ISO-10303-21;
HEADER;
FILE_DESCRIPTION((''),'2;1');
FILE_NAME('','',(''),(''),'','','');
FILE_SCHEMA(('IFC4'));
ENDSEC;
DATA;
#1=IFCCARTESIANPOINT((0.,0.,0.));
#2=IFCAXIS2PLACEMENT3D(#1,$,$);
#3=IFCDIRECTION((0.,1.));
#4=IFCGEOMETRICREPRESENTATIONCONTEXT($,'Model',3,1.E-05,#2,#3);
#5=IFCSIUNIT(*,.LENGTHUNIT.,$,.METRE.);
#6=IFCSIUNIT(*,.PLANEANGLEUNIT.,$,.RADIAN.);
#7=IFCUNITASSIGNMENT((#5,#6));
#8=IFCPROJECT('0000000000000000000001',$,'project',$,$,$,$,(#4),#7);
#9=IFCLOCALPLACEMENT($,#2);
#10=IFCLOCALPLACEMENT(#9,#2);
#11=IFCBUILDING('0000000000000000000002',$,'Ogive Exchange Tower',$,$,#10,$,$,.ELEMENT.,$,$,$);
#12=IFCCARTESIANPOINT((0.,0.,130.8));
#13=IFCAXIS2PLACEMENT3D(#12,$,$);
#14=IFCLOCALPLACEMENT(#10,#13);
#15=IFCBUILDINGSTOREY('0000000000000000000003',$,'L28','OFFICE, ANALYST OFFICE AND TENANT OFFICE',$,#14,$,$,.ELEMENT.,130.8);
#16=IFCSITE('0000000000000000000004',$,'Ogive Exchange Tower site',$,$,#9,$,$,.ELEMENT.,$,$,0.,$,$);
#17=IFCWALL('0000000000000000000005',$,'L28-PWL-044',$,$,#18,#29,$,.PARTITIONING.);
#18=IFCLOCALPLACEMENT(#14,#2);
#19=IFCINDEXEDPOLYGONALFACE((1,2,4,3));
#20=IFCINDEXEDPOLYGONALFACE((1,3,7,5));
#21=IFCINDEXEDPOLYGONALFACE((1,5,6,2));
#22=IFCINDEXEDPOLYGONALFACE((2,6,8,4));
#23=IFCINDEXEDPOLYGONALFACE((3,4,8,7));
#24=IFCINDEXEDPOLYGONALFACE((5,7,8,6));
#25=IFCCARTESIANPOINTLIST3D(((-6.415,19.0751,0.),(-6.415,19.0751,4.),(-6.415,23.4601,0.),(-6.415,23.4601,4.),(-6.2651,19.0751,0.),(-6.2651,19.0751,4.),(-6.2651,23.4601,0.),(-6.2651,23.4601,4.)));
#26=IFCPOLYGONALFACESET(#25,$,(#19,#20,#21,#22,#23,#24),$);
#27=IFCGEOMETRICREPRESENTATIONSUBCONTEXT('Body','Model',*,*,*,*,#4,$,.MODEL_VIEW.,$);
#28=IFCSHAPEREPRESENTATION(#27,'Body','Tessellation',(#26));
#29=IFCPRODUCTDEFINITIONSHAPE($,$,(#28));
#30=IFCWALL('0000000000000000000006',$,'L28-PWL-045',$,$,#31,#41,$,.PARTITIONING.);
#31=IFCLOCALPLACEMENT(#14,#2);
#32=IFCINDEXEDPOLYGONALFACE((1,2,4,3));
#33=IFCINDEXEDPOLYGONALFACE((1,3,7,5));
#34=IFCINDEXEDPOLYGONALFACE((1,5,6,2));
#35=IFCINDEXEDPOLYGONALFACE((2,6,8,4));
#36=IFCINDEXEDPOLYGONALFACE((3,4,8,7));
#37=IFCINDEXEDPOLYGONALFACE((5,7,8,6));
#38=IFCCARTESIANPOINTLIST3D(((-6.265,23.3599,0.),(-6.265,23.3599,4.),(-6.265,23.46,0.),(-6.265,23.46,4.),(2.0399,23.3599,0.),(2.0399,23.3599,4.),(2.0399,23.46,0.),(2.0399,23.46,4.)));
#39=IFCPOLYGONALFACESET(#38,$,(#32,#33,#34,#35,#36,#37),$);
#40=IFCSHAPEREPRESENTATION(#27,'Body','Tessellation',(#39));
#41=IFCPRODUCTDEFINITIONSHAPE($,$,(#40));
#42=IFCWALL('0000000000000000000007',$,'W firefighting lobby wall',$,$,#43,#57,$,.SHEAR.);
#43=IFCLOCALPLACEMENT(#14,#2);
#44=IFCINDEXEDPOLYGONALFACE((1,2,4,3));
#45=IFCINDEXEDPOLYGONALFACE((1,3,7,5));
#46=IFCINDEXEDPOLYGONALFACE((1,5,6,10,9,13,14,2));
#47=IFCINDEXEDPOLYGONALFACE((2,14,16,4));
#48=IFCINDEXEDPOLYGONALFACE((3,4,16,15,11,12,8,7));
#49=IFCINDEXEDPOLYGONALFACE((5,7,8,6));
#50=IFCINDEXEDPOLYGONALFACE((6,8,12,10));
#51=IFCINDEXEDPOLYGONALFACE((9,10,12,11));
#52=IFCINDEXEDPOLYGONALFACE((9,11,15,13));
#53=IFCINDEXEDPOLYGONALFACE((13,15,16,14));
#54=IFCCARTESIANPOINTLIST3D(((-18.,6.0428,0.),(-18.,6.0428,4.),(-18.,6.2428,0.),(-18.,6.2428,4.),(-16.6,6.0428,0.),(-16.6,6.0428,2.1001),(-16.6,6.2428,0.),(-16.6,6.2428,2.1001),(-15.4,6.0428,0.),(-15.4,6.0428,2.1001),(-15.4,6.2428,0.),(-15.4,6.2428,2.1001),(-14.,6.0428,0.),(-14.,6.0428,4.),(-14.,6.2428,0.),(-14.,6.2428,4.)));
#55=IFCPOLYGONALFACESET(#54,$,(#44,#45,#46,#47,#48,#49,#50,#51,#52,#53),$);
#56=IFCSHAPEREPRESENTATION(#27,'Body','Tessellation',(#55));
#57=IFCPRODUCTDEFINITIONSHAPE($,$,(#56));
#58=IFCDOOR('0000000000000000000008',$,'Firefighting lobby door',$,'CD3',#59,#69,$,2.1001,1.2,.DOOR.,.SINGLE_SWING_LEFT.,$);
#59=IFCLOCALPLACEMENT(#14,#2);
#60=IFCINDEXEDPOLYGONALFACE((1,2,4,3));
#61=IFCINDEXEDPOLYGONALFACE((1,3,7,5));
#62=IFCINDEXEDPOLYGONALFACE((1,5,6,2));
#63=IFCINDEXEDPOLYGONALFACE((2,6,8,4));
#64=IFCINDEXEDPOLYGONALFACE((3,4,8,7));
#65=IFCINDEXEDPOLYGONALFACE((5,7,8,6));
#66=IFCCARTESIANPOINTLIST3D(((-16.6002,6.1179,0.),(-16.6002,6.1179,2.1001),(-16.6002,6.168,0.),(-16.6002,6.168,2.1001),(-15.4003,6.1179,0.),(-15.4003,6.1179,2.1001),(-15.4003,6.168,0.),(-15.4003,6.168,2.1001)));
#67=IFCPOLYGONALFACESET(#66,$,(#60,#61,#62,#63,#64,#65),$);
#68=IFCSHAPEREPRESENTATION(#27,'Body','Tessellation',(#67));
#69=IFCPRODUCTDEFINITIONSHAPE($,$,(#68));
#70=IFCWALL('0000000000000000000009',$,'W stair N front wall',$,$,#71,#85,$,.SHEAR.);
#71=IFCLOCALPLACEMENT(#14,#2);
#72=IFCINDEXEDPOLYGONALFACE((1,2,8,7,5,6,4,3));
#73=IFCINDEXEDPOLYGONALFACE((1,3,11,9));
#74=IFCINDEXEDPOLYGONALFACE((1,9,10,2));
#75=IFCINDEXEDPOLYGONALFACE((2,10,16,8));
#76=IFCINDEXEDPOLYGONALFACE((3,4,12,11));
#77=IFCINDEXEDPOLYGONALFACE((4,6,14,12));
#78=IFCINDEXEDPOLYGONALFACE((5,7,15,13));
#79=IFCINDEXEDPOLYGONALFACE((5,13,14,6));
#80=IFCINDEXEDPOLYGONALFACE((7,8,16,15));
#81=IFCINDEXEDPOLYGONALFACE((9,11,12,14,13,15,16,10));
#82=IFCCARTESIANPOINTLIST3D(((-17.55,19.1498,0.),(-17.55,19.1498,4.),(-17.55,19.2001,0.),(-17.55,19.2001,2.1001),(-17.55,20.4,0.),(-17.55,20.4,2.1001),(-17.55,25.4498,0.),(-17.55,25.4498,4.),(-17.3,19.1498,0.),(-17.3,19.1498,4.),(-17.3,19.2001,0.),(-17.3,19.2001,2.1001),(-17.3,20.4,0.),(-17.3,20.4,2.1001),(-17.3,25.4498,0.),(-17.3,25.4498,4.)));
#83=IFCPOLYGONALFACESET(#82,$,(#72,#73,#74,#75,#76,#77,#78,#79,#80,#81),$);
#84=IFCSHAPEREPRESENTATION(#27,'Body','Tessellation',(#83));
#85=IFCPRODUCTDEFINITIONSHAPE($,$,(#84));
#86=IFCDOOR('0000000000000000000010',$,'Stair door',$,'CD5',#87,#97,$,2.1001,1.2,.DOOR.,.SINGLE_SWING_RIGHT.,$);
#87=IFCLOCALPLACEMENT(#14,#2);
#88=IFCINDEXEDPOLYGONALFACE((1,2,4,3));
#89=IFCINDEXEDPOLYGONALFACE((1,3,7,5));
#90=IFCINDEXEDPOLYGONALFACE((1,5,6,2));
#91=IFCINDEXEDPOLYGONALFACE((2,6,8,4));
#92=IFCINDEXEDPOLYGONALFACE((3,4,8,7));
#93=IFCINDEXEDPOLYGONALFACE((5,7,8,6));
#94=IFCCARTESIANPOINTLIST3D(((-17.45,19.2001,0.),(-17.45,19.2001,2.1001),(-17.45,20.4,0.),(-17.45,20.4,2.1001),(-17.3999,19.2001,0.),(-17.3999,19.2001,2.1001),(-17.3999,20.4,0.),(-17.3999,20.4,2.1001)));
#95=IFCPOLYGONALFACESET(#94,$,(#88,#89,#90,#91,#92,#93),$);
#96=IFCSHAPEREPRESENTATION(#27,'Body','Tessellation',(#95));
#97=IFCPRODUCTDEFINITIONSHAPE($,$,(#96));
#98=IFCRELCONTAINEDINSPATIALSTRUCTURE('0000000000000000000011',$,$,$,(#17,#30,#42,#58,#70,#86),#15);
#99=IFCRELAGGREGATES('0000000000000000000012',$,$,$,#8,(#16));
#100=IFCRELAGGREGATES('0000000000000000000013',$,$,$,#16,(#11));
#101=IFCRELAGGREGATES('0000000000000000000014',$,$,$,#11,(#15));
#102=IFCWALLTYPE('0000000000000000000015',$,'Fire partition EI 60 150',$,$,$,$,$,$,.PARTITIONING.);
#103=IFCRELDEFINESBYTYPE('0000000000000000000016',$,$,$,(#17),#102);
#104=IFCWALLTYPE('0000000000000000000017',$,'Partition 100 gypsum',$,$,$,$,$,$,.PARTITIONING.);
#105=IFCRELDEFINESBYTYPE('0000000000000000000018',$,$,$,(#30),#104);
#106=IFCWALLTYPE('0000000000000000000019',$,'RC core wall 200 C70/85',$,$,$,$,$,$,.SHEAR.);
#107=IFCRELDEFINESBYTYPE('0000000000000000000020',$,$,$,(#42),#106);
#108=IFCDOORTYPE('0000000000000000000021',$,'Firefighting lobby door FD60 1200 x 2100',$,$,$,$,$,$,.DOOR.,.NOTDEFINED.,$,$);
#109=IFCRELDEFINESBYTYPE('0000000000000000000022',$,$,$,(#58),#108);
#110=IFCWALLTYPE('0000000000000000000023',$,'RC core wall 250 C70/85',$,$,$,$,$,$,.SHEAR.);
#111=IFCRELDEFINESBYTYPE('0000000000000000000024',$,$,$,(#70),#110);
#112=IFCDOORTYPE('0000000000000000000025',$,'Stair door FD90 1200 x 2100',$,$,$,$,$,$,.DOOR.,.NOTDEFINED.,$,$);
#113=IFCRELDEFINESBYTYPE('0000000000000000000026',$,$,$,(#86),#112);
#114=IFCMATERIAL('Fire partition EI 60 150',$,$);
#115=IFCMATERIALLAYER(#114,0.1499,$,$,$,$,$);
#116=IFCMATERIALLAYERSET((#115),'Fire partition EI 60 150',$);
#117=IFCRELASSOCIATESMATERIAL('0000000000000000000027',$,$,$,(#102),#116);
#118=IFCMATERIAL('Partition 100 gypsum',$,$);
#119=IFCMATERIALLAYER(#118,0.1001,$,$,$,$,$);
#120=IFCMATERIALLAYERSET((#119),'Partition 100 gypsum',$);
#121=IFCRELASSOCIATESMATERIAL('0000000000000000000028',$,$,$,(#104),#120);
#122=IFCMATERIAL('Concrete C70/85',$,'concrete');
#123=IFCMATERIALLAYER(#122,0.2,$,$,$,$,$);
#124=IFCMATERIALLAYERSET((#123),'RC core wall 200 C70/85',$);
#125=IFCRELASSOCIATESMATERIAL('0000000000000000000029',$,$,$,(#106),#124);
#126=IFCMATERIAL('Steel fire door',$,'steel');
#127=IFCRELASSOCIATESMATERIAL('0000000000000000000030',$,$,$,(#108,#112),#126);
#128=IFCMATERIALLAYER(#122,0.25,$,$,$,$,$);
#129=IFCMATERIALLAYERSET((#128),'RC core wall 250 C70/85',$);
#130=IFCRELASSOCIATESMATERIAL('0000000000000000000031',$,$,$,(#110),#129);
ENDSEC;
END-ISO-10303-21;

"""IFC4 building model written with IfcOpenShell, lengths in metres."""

from ifc_helpers import new_model, si_unit, direction, frame, frame_2d, origin, place, context, subcontext, project, spatial, rectangle, extrude, material, layer, layer_set, type_object, element, fill, save


model = new_model("IFC4")

# Units and contexts
model_context = context("Model", 3, precision=1e-05, world=origin(), true_north=direction((0.0, 1.0)))
body_context = subcontext(model_context, "Body", "Model", "MODEL_VIEW")
ifc_project = project(units=[si_unit("LENGTHUNIT", "METRE"), si_unit("PLANEANGLEUNIT", "RADIAN")], contexts=[model_context])

# Site, building, storey
site_placement = place(None, origin())
site = spatial("IfcSite", under=ifc_project, at=site_placement, Name="Ogive Exchange Tower site", CompositionType="ELEMENT", RefElevation=0.0)
building_placement = place(site_placement, origin())
building = spatial("IfcBuilding", under=site, at=building_placement, Name="Ogive Exchange Tower", CompositionType="ELEMENT")
storey_placement = place(building_placement, frame((0.0, 0.0, 130.8)))
storey = spatial("IfcBuildingStorey", under=building, at=storey_placement, Name="L28", Description="OFFICE, ANALYST OFFICE AND TENANT OFFICE", CompositionType="ELEMENT", Elevation=130.8)

# Shared definitions
ifc_material_1 = material(Name="Fire partition EI 60 150")
ifc_layer_1 = layer(ifc_material_1, 0.1499)
ifc_layer_set_1 = layer_set([ifc_layer_1], Name="Fire partition EI 60 150")
wall_type_1 = type_object("IfcWallType", Name="Fire partition EI 60 150", PredefinedType="PARTITIONING", material=ifc_layer_set_1)

# Walls
wall_1_placement = place(storey_placement, frame((-6.3401, 23.46, 0.0), z_axis=(0.0, 0.0, 1.0), x_axis=(0.0, -1.0, 0.0)))
element("IfcWall", 1, at=wall_1_placement, inside=storey, type_object=wall_type_1, Name="L28-PWL-044", PredefinedType="PARTITIONING", context=body_context, shape_type="SweptSolid", body=[
    extrude(rectangle(XDim=4.385, YDim=0.1499, at=frame_2d((2.1924, 0.0))), origin(), (0.0, 0.0, 1.0), 4.0),
])
ifc_material_2 = material(Name="Partition 100 gypsum")
ifc_layer_2 = layer(ifc_material_2, 0.1001)
ifc_layer_set_2 = layer_set([ifc_layer_2], Name="Partition 100 gypsum")
wall_type_2 = type_object("IfcWallType", Name="Partition 100 gypsum", PredefinedType="PARTITIONING", material=ifc_layer_set_2)
wall_2_placement = place(storey_placement, frame((-6.2649, 23.4099, 0.0), z_axis=(0.0, 0.0, 1.0), x_axis=(1.0, 0.0, 0.0)))
element("IfcWall", 2, at=wall_2_placement, inside=storey, type_object=wall_type_2, Name="L28-PWL-045", PredefinedType="PARTITIONING", context=body_context, shape_type="SweptSolid", body=[
    extrude(rectangle(XDim=8.3049, YDim=0.1001, at=frame_2d((4.1523, 0.0))), origin(), (0.0, 0.0, 1.0), 4.0),
])

# Walls, openings, doors
ifc_material_3 = material(Name="Concrete C70/85", Category="concrete")
ifc_layer_3 = layer(ifc_material_3, 0.2)
ifc_layer_set_3 = layer_set([ifc_layer_3], Name="RC core wall 200 C70/85")
wall_type_3 = type_object("IfcWallType", Name="RC core wall 200 C70/85", PredefinedType="SHEAR", material=ifc_layer_set_3)
wall_3_placement = place(storey_placement, frame((-18.0, 6.1428, 0.0), z_axis=(0.0, 0.0, 1.0), x_axis=(1.0, 0.0, 0.0)))
wall_3 = element("IfcWall", 3, at=wall_3_placement, inside=storey, type_object=wall_type_3, Name="W firefighting lobby wall", PredefinedType="SHEAR", context=body_context, shape_type="SweptSolid", body=[
    extrude(rectangle(XDim=4.0, YDim=0.2, at=frame_2d((2.0, 0.0))), origin(), (0.0, 0.0, 1.0), 4.0),
])
opening_1_placement = place(wall_3_placement, frame((1.3999, 0.0, 0.0)))
opening_1 = element("IfcOpeningElement", 4, at=opening_1_placement, cuts=wall_3, PredefinedType="OPENING", context=body_context, shape_type="SweptSolid", body=[
    extrude(rectangle(XDim=1.2, YDim=2.1001, at=frame_2d((0.6001, 1.05))), frame((0.0, 0.1099, 0.0), z_axis=(0.0, -1.0, 0.0), x_axis=(1.0, 0.0, 0.0)), (0.0, 0.0, 1.0), 0.22),
])
ifc_material_4 = material(Name="Steel fire door", Category="steel")
door_type_1 = type_object("IfcDoorType", Name="Firefighting lobby door FD60 1200 x 2100", OperationType="NOTDEFINED", PredefinedType="DOOR", material=ifc_material_4)
door_1_placement = place(opening_1_placement, frame((1.2, 0.0, 0.0), z_axis=(0.0, 0.0, 1.0), x_axis=(-1.0, 0.0, 0.0)))
door_1 = element("IfcDoor", 5, at=door_1_placement, inside=storey, type_object=door_type_1, Name="Firefighting lobby door", ObjectType="CD3", OperationType="SINGLE_SWING_LEFT", OverallHeight=2.1001, OverallWidth=1.2, PredefinedType="DOOR", context=body_context, shape_type="SweptSolid", body=[
    extrude(rectangle(XDim=1.2, YDim=2.1001, at=frame_2d((0.6001, 1.05))), frame((0.0, 0.0249, 0.0), z_axis=(0.0, -1.0, 0.0), x_axis=(1.0, 0.0, 0.0)), (0.0, 0.0, 1.0), 0.05),
])
fill(opening_1, door_1)
ifc_layer_4 = layer(ifc_material_3, 0.25)
ifc_layer_set_4 = layer_set([ifc_layer_4], Name="RC core wall 250 C70/85")
wall_type_4 = type_object("IfcWallType", Name="RC core wall 250 C70/85", PredefinedType="SHEAR", material=ifc_layer_set_4)
wall_4_placement = place(storey_placement, frame((-17.425, 19.1499, 0.0), z_axis=(0.0, 0.0, 1.0), x_axis=(0.0, 1.0, 0.0)))
wall_4 = element("IfcWall", 6, at=wall_4_placement, inside=storey, type_object=wall_type_4, Name="W stair N front wall", PredefinedType="SHEAR", context=body_context, shape_type="SweptSolid", body=[
    extrude(rectangle(XDim=6.3, YDim=0.25, at=frame_2d((3.1499, 0.0))), origin(), (0.0, 0.0, 1.0), 4.0),
])
opening_2_placement = place(wall_4_placement, frame((0.05, 0.0, 0.0)))
opening_2 = element("IfcOpeningElement", 7, at=opening_2_placement, cuts=wall_4, PredefinedType="OPENING", context=body_context, shape_type="SweptSolid", body=[
    extrude(rectangle(XDim=1.2, YDim=2.1001, at=frame_2d((0.6001, 1.05))), frame((0.0, 0.135, 0.0), z_axis=(0.0, -1.0, 0.0), x_axis=(1.0, 0.0, 0.0)), (0.0, 0.0, 1.0), 0.27),
])
door_type_2 = type_object("IfcDoorType", Name="Stair door FD90 1200 x 2100", OperationType="NOTDEFINED", PredefinedType="DOOR", material=ifc_material_4)
door_2_placement = place(opening_2_placement, origin())
door_2 = element("IfcDoor", 8, at=door_2_placement, inside=storey, type_object=door_type_2, Name="Stair door", ObjectType="CD5", OperationType="SINGLE_SWING_RIGHT", OverallHeight=2.1001, OverallWidth=1.2, PredefinedType="DOOR", context=body_context, shape_type="SweptSolid", body=[
    extrude(rectangle(XDim=1.2, YDim=2.1001, at=frame_2d((0.6001, 1.05))), frame((0.0, 0.0249, 0.0), z_axis=(0.0, -1.0, 0.0), x_axis=(1.0, 0.0, 0.0)), (0.0, 0.0, 1.0), 0.05),
])
fill(opening_2, door_2)

save(model, "model.ifc")
